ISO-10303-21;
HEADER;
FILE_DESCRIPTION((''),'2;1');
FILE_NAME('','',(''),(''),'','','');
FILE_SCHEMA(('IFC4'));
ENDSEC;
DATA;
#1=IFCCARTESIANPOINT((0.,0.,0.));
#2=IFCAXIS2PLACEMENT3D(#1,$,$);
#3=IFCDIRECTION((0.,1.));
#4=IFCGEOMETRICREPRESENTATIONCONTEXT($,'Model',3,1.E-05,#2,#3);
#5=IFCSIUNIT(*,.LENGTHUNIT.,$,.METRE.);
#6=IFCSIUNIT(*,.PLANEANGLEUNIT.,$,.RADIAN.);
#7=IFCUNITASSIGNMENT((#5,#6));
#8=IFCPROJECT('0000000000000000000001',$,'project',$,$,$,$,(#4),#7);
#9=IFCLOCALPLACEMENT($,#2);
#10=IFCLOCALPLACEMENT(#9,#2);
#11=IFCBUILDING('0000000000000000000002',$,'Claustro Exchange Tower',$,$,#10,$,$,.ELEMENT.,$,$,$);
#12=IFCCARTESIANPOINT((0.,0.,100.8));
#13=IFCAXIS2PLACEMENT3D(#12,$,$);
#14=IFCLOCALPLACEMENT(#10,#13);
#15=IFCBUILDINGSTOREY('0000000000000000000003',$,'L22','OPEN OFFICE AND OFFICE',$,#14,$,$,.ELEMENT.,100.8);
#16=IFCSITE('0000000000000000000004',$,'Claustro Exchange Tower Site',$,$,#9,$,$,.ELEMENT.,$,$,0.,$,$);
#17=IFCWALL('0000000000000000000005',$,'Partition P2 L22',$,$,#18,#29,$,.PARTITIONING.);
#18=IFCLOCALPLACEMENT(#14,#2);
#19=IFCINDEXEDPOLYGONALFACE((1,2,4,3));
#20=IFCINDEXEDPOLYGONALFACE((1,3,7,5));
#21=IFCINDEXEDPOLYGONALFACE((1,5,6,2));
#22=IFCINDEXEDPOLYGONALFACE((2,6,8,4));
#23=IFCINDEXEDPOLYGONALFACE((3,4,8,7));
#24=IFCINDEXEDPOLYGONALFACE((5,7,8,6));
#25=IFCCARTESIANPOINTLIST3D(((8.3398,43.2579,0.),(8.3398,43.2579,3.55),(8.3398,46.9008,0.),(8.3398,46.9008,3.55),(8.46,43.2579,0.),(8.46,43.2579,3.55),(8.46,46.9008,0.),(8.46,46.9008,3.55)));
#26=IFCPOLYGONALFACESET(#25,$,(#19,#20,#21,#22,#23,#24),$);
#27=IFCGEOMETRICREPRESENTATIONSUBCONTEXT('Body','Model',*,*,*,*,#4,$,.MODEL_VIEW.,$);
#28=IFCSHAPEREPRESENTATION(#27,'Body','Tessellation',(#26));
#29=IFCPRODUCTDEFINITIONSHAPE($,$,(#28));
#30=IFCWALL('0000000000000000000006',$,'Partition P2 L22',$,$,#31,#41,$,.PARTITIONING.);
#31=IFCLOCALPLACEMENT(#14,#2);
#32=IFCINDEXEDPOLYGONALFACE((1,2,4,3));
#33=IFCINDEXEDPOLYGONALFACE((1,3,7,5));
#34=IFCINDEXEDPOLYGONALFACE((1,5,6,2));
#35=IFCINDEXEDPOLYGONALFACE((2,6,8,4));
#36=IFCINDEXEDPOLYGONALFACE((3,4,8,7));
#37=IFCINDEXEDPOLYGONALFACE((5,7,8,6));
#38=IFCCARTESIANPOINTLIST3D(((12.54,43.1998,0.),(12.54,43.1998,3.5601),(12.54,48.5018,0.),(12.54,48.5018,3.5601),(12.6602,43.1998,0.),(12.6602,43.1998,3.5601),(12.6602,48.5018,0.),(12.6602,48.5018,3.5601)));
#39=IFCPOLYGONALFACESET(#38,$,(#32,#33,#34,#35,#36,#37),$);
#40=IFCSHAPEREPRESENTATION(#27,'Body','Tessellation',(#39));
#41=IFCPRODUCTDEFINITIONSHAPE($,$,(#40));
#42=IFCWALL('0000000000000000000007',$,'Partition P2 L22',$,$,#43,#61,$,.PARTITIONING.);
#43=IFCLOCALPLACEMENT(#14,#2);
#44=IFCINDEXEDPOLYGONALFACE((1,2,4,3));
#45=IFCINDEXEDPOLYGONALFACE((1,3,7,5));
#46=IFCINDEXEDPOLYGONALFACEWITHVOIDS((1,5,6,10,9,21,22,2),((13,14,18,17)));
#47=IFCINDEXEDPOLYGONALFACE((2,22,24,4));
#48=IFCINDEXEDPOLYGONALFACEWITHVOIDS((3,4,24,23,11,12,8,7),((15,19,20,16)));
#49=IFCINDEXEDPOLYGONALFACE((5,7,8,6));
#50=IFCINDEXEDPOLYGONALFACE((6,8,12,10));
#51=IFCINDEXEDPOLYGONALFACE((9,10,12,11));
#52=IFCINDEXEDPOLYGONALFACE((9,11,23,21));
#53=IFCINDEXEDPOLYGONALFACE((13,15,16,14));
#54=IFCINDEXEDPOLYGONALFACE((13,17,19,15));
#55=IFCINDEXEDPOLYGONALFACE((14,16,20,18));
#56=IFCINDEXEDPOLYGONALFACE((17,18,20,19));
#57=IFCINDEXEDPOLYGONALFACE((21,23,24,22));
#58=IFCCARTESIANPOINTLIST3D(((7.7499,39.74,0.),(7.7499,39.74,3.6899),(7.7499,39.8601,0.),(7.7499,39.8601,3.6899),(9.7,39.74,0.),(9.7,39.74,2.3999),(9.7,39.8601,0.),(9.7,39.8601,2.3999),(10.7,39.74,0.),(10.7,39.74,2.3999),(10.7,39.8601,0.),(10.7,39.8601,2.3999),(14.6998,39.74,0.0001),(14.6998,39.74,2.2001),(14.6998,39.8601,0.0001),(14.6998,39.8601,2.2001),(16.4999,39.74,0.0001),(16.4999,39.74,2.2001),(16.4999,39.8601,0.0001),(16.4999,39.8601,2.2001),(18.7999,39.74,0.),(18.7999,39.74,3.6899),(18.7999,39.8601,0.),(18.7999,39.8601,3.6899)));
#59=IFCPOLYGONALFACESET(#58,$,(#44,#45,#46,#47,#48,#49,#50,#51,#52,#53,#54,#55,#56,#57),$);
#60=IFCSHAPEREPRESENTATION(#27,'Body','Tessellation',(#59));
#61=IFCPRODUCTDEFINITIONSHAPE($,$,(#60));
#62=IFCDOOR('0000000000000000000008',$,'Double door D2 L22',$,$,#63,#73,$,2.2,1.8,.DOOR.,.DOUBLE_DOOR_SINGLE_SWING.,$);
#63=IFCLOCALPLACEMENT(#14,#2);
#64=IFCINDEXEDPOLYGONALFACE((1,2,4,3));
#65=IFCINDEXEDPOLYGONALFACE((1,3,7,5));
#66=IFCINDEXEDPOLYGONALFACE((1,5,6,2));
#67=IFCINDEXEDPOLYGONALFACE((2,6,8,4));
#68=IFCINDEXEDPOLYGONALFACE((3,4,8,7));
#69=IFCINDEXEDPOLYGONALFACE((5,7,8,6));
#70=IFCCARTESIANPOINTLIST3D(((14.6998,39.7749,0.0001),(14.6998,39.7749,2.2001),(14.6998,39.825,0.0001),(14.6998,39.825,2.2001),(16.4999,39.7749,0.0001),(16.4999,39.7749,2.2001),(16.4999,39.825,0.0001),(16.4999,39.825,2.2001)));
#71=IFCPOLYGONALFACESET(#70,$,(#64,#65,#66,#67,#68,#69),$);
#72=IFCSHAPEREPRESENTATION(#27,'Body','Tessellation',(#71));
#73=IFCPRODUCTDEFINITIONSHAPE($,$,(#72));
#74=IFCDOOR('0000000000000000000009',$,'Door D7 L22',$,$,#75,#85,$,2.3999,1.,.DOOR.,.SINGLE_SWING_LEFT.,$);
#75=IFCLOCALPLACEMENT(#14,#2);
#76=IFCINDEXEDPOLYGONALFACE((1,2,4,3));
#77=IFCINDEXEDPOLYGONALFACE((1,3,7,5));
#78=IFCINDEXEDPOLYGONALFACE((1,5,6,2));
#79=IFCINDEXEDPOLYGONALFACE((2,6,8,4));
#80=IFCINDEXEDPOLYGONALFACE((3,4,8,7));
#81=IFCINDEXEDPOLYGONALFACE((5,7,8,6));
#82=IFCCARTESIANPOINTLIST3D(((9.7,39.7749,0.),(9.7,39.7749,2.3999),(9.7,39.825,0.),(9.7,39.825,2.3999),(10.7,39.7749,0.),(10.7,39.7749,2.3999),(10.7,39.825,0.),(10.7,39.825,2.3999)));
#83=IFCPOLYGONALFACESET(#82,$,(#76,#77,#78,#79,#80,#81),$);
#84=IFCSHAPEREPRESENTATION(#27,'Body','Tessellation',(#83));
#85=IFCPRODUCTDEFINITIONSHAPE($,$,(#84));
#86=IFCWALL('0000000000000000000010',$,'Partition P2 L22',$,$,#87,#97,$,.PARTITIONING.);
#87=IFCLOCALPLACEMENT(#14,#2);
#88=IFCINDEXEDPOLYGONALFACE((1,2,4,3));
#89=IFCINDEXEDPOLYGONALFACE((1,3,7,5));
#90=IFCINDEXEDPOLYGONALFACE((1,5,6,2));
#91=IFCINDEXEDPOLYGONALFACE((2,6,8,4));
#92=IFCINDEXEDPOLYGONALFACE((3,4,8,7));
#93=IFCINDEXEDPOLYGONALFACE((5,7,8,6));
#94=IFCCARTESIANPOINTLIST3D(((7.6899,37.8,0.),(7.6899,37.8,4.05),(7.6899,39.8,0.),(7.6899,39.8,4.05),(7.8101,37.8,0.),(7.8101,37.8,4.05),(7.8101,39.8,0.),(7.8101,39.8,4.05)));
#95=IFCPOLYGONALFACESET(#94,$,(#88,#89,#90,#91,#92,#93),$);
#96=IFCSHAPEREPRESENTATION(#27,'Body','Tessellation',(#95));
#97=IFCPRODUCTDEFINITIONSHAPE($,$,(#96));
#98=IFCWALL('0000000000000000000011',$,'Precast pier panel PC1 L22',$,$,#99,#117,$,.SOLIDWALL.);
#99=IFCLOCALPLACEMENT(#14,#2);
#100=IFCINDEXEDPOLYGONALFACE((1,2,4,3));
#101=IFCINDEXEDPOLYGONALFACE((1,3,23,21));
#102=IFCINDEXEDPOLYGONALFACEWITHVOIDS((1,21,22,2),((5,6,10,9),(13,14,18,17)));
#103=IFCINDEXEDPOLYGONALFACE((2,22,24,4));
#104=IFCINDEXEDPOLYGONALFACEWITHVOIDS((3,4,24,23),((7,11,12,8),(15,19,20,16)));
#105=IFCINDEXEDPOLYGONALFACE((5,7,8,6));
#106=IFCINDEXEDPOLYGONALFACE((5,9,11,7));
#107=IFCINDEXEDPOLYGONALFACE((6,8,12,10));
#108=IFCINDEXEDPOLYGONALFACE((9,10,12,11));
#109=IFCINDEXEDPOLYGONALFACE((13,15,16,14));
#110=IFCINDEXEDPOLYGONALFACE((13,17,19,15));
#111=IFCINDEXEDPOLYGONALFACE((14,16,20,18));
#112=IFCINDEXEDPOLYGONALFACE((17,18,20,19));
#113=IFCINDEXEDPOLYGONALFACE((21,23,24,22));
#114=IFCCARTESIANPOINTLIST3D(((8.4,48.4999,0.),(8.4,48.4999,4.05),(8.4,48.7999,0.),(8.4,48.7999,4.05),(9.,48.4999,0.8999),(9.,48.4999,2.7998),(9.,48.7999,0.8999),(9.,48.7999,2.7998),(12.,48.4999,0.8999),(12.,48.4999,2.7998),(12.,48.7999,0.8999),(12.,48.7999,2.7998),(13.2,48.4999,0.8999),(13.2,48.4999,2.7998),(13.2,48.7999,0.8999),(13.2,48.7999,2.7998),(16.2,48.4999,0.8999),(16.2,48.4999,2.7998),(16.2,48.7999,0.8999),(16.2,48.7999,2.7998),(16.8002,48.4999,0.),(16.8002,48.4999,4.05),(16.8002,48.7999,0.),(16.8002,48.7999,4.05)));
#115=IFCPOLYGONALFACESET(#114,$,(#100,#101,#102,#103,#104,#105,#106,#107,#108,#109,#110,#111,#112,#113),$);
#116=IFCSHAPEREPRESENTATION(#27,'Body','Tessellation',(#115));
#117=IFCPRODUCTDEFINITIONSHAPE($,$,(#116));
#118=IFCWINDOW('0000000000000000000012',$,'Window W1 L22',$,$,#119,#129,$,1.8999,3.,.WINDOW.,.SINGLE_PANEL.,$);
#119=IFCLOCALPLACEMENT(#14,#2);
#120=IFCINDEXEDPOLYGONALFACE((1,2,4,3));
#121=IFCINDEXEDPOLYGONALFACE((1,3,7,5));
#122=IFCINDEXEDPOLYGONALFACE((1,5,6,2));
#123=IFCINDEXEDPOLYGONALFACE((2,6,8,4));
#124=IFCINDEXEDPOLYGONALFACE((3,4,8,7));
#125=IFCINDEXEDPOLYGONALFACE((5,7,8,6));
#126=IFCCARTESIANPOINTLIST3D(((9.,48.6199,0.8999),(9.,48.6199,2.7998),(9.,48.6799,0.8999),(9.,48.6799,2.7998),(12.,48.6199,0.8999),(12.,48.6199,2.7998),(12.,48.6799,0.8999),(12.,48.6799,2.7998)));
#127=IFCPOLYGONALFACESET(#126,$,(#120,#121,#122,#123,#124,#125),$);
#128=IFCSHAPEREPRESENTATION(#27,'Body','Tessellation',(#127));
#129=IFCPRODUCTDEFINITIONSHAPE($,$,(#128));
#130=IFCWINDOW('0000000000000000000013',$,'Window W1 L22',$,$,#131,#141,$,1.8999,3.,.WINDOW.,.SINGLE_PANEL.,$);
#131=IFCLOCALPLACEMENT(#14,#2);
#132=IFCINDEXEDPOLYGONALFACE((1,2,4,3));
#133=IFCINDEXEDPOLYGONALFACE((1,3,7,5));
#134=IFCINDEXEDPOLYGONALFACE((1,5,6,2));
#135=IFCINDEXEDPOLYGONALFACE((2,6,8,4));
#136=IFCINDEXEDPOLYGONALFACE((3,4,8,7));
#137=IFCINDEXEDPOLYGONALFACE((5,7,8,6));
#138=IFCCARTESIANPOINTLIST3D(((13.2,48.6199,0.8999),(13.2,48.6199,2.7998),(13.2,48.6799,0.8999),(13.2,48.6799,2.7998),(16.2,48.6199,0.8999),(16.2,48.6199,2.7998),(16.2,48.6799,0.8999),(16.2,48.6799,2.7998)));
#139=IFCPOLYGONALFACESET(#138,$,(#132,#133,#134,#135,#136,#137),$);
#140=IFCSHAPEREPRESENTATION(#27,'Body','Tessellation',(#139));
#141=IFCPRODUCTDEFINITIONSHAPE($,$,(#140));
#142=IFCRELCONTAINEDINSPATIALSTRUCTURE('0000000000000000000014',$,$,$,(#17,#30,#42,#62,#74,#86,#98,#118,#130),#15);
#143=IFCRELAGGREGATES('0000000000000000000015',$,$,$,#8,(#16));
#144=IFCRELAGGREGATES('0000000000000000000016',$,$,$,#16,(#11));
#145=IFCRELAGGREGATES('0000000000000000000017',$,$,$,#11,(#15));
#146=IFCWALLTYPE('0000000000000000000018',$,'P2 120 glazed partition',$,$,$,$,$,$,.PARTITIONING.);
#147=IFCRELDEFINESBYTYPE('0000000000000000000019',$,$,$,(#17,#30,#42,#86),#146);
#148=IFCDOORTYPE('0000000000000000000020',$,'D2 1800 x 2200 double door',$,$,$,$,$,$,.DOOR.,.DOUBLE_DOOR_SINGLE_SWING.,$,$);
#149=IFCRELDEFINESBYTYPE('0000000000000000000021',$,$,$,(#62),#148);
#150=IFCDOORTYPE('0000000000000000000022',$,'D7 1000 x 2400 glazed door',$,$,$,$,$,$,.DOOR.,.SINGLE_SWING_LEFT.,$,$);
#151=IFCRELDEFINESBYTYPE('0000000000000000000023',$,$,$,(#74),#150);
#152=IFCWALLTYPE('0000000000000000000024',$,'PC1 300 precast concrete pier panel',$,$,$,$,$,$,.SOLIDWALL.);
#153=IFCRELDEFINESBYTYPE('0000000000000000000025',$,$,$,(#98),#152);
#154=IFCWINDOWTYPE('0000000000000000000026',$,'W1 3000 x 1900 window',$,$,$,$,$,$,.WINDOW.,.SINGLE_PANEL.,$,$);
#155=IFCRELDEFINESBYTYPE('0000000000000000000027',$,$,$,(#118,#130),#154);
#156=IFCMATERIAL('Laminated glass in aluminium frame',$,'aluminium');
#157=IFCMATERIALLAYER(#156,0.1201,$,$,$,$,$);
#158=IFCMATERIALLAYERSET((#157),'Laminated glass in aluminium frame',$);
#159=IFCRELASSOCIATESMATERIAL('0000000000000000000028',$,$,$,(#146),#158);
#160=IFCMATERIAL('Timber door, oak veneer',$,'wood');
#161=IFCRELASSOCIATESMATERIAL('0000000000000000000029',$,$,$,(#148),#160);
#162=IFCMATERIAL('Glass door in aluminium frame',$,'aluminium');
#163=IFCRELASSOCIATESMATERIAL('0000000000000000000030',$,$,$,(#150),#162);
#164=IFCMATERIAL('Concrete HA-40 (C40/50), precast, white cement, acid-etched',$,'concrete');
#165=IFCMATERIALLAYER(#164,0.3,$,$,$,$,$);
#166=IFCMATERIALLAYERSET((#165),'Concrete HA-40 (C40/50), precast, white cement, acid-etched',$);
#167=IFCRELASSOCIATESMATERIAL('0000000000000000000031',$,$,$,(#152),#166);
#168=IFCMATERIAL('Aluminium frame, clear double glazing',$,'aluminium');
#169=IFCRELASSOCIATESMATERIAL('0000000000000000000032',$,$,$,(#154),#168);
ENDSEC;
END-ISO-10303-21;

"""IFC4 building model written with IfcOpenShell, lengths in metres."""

from ifc_helpers import new_model, si_unit, direction, frame, frame_2d, origin, place, context, subcontext, project, spatial, rectangle, extrude, material, layer, layer_set, type_object, element, fill, save


model = new_model("IFC4")

# Units and contexts
model_context = context("Model", 3, precision=1e-05, world=origin(), true_north=direction((0.0, 1.0)))
body_context = subcontext(model_context, "Body", "Model", "MODEL_VIEW")
ifc_project = project(units=[si_unit("LENGTHUNIT", "METRE"), si_unit("PLANEANGLEUNIT", "RADIAN")], contexts=[model_context])

# Site, building, storey
site_placement = place(None, origin())
site = spatial("IfcSite", under=ifc_project, at=site_placement, Name="Claustro Exchange Tower Site", CompositionType="ELEMENT", RefElevation=0.0)
building_placement = place(site_placement, origin())
building = spatial("IfcBuilding", under=site, at=building_placement, Name="Claustro Exchange Tower", CompositionType="ELEMENT")
storey_placement = place(building_placement, frame((0.0, 0.0, 100.8)))
storey = spatial("IfcBuildingStorey", under=building, at=storey_placement, Name="L22", Description="OPEN OFFICE AND OFFICE", CompositionType="ELEMENT", Elevation=100.8)

# Walls
ifc_material_1 = material(Name="Laminated glass in aluminium frame", Category="aluminium")
ifc_layer_1 = layer(ifc_material_1, 0.1201)
ifc_layer_set_1 = layer_set([ifc_layer_1], Name="Laminated glass in aluminium frame")
wall_type_1 = type_object("IfcWallType", Name="P2 120 glazed partition", PredefinedType="PARTITIONING", material=ifc_layer_set_1)
wall_1_placement = place(storey_placement, frame((8.3999, 43.2581, 0.0), z_axis=(0.0, 0.0, 1.0), x_axis=(0.0, 1.0, 0.0)))
element("IfcWall", 1, at=wall_1_placement, inside=storey, type_object=wall_type_1, Name="Partition P2 L22", PredefinedType="PARTITIONING", context=body_context, shape_type="SweptSolid", body=[
    extrude(rectangle(XDim=3.6428, YDim=0.1201, at=frame_2d((1.8213, 0.0))), origin(), (0.0, 0.0, 1.0), 3.55),
])
wall_2_placement = place(storey_placement, frame((12.6001, 43.2, 0.0), z_axis=(0.0, 0.0, 1.0), x_axis=(0.0, 1.0, 0.0)))
element("IfcWall", 2, at=wall_2_placement, inside=storey, type_object=wall_type_1, Name="Partition P2 L22", PredefinedType="PARTITIONING", context=body_context, shape_type="SweptSolid", body=[
    extrude(rectangle(XDim=5.302, YDim=0.1201, at=frame_2d((2.6509, 0.0))), origin(), (0.0, 0.0, 1.0), 3.5601),
])

# Wall, openings, doors
wall_3_placement = place(storey_placement, frame((7.75, 39.8, 0.0), z_axis=(0.0, 0.0, 1.0), x_axis=(1.0, 0.0, 0.0)))
wall_3 = element("IfcWall", 3, at=wall_3_placement, inside=storey, type_object=wall_type_1, Name="Partition P2 L22", PredefinedType="PARTITIONING", context=body_context, shape_type="SweptSolid", body=[
    extrude(rectangle(XDim=11.05, YDim=0.1201, at=frame_2d((5.5249, 0.0))), origin(), (0.0, 0.0, 1.0), 3.6899),
])
opening_1_placement = place(wall_3_placement, frame((1.95, 0.0, 0.0)))
opening_1 = element("IfcOpeningElement", 4, at=opening_1_placement, cuts=wall_3, PredefinedType="OPENING", context=body_context, shape_type="SweptSolid", body=[
    extrude(rectangle(XDim=1.0, YDim=2.3999, at=frame_2d((0.5, 1.2))), frame((0.0, 0.0701, 0.0), z_axis=(0.0, -1.0, 0.0), x_axis=(1.0, 0.0, 0.0)), (0.0, 0.0, 1.0), 0.1401),
])
opening_2_placement = place(wall_3_placement, frame((6.95, 0.0, 0.0)))
opening_2 = element("IfcOpeningElement", 5, at=opening_2_placement, cuts=wall_3, PredefinedType="OPENING", context=body_context, shape_type="SweptSolid", body=[
    extrude(rectangle(XDim=1.8, YDim=2.2, at=frame_2d((0.8999, 1.1001))), frame((0.0, 0.0701, 0.0), z_axis=(0.0, -1.0, 0.0), x_axis=(1.0, 0.0, 0.0)), (0.0, 0.0, 1.0), 0.1401),
])
ifc_material_2 = material(Name="Timber door, oak veneer", Category="wood")
door_type_1 = type_object("IfcDoorType", Name="D2 1800 x 2200 double door", OperationType="DOUBLE_DOOR_SINGLE_SWING", PredefinedType="DOOR", material=ifc_material_2)
door_1_placement = place(opening_2_placement, origin())
door_1 = element("IfcDoor", 6, at=door_1_placement, inside=storey, type_object=door_type_1, Name="Double door D2 L22", OperationType="DOUBLE_DOOR_SINGLE_SWING", OverallHeight=2.2, OverallWidth=1.8, PredefinedType="DOOR", context=body_context, shape_type="SweptSolid", body=[
    extrude(rectangle(XDim=1.8, YDim=2.2, at=frame_2d((0.8999, 1.1001))), frame((0.0, 0.0249, 0.0), z_axis=(0.0, -1.0, 0.0), x_axis=(1.0, 0.0, 0.0)), (0.0, 0.0, 1.0), 0.05),
])
fill(opening_2, door_1)
ifc_material_3 = material(Name="Glass door in aluminium frame", Category="aluminium")
door_type_2 = type_object("IfcDoorType", Name="D7 1000 x 2400 glazed door", OperationType="SINGLE_SWING_LEFT", PredefinedType="DOOR", material=ifc_material_3)
door_2_placement = place(opening_1_placement, origin())
door_2 = element("IfcDoor", 7, at=door_2_placement, inside=storey, type_object=door_type_2, Name="Door D7 L22", OperationType="SINGLE_SWING_LEFT", OverallHeight=2.3999, OverallWidth=1.0, PredefinedType="DOOR", context=body_context, shape_type="SweptSolid", body=[
    extrude(rectangle(XDim=1.0, YDim=2.3999, at=frame_2d((0.5, 1.2))), frame((0.0, 0.0249, 0.0), z_axis=(0.0, -1.0, 0.0), x_axis=(1.0, 0.0, 0.0)), (0.0, 0.0, 1.0), 0.05),
])
fill(opening_1, door_2)

# Wall
wall_4_placement = place(storey_placement, frame((7.75, 37.8, 0.0), z_axis=(0.0, 0.0, 1.0), x_axis=(0.0, 1.0, 0.0)))
element("IfcWall", 8, at=wall_4_placement, inside=storey, type_object=wall_type_1, Name="Partition P2 L22", PredefinedType="PARTITIONING", context=body_context, shape_type="SweptSolid", body=[
    extrude(rectangle(XDim=2.0, YDim=0.1201, at=frame_2d((1.0, 0.0))), origin(), (0.0, 0.0, 1.0), 4.05),
])

# Wall, openings, windows
ifc_material_4 = material(Name="Concrete HA-40 (C40/50), precast, white cement, acid-etched", Category="concrete")
ifc_layer_2 = layer(ifc_material_4, 0.3)
ifc_layer_set_2 = layer_set([ifc_layer_2], Name="Concrete HA-40 (C40/50), precast, white cement, acid-etched")
wall_type_2 = type_object("IfcWallType", Name="PC1 300 precast concrete pier panel", PredefinedType="SOLIDWALL", material=ifc_layer_set_2)
wall_5_placement = place(storey_placement, frame((8.3999, 48.6499, 0.0), z_axis=(0.0, 0.0, 1.0), x_axis=(1.0, 0.0, 0.0)))
wall_5 = element("IfcWall", 9, at=wall_5_placement, inside=storey, type_object=wall_type_2, Name="Precast pier panel PC1 L22", PredefinedType="SOLIDWALL", context=body_context, shape_type="SweptSolid", body=[
    extrude(rectangle(XDim=8.4001, YDim=0.3, at=frame_2d((4.2002, 0.0))), origin(), (0.0, 0.0, 1.0), 4.05),
])
opening_3_placement = place(wall_5_placement, frame((0.6001, 0.0, 0.8999)))
opening_3 = element("IfcOpeningElement", 10, at=opening_3_placement, cuts=wall_5, PredefinedType="OPENING", context=body_context, shape_type="SweptSolid", body=[
    extrude(rectangle(XDim=3.0, YDim=1.8999, at=frame_2d((1.5, 0.95))), frame((0.0, 0.1599, 0.0), z_axis=(0.0, -1.0, 0.0), x_axis=(1.0, 0.0, 0.0)), (0.0, 0.0, 1.0), 0.3201),
])
opening_4_placement = place(wall_5_placement, frame((4.8, 0.0, 0.8999)))
opening_4 = element("IfcOpeningElement", 11, at=opening_4_placement, cuts=wall_5, PredefinedType="OPENING", context=body_context, shape_type="SweptSolid", body=[
    extrude(rectangle(XDim=3.0, YDim=1.8999, at=frame_2d((1.5, 0.95))), frame((0.0, 0.1599, 0.0), z_axis=(0.0, -1.0, 0.0), x_axis=(1.0, 0.0, 0.0)), (0.0, 0.0, 1.0), 0.3201),
])
ifc_material_5 = material(Name="Aluminium frame, clear double glazing", Category="aluminium")
window_type = type_object("IfcWindowType", Name="W1 3000 x 1900 window", PartitioningType="SINGLE_PANEL", PredefinedType="WINDOW", material=ifc_material_5)
window_1_placement = place(opening_3_placement, origin())
window_1 = element("IfcWindow", 12, at=window_1_placement, inside=storey, type_object=window_type, Name="Window W1 L22", OverallHeight=1.8999, OverallWidth=3.0, PartitioningType="SINGLE_PANEL", PredefinedType="WINDOW", context=body_context, shape_type="SweptSolid", body=[
    extrude(rectangle(XDim=3.0, YDim=1.8999, at=frame_2d((1.5, 0.95))), frame((0.0, 0.03, 0.0), z_axis=(0.0, -1.0, 0.0), x_axis=(1.0, 0.0, 0.0)), (0.0, 0.0, 1.0), 0.0601),
])
fill(opening_3, window_1)
window_2_placement = place(opening_4_placement, origin())
window_2 = element("IfcWindow", 13, at=window_2_placement, inside=storey, type_object=window_type, Name="Window W1 L22", OverallHeight=1.8999, OverallWidth=3.0, PartitioningType="SINGLE_PANEL", PredefinedType="WINDOW", context=body_context, shape_type="SweptSolid", body=[
    extrude(rectangle(XDim=3.0, YDim=1.8999, at=frame_2d((1.5, 0.95))), frame((0.0, 0.03, 0.0), z_axis=(0.0, -1.0, 0.0), x_axis=(1.0, 0.0, 0.0)), (0.0, 0.0, 1.0), 0.0601),
])
fill(opening_4, window_2)

save(model, "model.ifc")
